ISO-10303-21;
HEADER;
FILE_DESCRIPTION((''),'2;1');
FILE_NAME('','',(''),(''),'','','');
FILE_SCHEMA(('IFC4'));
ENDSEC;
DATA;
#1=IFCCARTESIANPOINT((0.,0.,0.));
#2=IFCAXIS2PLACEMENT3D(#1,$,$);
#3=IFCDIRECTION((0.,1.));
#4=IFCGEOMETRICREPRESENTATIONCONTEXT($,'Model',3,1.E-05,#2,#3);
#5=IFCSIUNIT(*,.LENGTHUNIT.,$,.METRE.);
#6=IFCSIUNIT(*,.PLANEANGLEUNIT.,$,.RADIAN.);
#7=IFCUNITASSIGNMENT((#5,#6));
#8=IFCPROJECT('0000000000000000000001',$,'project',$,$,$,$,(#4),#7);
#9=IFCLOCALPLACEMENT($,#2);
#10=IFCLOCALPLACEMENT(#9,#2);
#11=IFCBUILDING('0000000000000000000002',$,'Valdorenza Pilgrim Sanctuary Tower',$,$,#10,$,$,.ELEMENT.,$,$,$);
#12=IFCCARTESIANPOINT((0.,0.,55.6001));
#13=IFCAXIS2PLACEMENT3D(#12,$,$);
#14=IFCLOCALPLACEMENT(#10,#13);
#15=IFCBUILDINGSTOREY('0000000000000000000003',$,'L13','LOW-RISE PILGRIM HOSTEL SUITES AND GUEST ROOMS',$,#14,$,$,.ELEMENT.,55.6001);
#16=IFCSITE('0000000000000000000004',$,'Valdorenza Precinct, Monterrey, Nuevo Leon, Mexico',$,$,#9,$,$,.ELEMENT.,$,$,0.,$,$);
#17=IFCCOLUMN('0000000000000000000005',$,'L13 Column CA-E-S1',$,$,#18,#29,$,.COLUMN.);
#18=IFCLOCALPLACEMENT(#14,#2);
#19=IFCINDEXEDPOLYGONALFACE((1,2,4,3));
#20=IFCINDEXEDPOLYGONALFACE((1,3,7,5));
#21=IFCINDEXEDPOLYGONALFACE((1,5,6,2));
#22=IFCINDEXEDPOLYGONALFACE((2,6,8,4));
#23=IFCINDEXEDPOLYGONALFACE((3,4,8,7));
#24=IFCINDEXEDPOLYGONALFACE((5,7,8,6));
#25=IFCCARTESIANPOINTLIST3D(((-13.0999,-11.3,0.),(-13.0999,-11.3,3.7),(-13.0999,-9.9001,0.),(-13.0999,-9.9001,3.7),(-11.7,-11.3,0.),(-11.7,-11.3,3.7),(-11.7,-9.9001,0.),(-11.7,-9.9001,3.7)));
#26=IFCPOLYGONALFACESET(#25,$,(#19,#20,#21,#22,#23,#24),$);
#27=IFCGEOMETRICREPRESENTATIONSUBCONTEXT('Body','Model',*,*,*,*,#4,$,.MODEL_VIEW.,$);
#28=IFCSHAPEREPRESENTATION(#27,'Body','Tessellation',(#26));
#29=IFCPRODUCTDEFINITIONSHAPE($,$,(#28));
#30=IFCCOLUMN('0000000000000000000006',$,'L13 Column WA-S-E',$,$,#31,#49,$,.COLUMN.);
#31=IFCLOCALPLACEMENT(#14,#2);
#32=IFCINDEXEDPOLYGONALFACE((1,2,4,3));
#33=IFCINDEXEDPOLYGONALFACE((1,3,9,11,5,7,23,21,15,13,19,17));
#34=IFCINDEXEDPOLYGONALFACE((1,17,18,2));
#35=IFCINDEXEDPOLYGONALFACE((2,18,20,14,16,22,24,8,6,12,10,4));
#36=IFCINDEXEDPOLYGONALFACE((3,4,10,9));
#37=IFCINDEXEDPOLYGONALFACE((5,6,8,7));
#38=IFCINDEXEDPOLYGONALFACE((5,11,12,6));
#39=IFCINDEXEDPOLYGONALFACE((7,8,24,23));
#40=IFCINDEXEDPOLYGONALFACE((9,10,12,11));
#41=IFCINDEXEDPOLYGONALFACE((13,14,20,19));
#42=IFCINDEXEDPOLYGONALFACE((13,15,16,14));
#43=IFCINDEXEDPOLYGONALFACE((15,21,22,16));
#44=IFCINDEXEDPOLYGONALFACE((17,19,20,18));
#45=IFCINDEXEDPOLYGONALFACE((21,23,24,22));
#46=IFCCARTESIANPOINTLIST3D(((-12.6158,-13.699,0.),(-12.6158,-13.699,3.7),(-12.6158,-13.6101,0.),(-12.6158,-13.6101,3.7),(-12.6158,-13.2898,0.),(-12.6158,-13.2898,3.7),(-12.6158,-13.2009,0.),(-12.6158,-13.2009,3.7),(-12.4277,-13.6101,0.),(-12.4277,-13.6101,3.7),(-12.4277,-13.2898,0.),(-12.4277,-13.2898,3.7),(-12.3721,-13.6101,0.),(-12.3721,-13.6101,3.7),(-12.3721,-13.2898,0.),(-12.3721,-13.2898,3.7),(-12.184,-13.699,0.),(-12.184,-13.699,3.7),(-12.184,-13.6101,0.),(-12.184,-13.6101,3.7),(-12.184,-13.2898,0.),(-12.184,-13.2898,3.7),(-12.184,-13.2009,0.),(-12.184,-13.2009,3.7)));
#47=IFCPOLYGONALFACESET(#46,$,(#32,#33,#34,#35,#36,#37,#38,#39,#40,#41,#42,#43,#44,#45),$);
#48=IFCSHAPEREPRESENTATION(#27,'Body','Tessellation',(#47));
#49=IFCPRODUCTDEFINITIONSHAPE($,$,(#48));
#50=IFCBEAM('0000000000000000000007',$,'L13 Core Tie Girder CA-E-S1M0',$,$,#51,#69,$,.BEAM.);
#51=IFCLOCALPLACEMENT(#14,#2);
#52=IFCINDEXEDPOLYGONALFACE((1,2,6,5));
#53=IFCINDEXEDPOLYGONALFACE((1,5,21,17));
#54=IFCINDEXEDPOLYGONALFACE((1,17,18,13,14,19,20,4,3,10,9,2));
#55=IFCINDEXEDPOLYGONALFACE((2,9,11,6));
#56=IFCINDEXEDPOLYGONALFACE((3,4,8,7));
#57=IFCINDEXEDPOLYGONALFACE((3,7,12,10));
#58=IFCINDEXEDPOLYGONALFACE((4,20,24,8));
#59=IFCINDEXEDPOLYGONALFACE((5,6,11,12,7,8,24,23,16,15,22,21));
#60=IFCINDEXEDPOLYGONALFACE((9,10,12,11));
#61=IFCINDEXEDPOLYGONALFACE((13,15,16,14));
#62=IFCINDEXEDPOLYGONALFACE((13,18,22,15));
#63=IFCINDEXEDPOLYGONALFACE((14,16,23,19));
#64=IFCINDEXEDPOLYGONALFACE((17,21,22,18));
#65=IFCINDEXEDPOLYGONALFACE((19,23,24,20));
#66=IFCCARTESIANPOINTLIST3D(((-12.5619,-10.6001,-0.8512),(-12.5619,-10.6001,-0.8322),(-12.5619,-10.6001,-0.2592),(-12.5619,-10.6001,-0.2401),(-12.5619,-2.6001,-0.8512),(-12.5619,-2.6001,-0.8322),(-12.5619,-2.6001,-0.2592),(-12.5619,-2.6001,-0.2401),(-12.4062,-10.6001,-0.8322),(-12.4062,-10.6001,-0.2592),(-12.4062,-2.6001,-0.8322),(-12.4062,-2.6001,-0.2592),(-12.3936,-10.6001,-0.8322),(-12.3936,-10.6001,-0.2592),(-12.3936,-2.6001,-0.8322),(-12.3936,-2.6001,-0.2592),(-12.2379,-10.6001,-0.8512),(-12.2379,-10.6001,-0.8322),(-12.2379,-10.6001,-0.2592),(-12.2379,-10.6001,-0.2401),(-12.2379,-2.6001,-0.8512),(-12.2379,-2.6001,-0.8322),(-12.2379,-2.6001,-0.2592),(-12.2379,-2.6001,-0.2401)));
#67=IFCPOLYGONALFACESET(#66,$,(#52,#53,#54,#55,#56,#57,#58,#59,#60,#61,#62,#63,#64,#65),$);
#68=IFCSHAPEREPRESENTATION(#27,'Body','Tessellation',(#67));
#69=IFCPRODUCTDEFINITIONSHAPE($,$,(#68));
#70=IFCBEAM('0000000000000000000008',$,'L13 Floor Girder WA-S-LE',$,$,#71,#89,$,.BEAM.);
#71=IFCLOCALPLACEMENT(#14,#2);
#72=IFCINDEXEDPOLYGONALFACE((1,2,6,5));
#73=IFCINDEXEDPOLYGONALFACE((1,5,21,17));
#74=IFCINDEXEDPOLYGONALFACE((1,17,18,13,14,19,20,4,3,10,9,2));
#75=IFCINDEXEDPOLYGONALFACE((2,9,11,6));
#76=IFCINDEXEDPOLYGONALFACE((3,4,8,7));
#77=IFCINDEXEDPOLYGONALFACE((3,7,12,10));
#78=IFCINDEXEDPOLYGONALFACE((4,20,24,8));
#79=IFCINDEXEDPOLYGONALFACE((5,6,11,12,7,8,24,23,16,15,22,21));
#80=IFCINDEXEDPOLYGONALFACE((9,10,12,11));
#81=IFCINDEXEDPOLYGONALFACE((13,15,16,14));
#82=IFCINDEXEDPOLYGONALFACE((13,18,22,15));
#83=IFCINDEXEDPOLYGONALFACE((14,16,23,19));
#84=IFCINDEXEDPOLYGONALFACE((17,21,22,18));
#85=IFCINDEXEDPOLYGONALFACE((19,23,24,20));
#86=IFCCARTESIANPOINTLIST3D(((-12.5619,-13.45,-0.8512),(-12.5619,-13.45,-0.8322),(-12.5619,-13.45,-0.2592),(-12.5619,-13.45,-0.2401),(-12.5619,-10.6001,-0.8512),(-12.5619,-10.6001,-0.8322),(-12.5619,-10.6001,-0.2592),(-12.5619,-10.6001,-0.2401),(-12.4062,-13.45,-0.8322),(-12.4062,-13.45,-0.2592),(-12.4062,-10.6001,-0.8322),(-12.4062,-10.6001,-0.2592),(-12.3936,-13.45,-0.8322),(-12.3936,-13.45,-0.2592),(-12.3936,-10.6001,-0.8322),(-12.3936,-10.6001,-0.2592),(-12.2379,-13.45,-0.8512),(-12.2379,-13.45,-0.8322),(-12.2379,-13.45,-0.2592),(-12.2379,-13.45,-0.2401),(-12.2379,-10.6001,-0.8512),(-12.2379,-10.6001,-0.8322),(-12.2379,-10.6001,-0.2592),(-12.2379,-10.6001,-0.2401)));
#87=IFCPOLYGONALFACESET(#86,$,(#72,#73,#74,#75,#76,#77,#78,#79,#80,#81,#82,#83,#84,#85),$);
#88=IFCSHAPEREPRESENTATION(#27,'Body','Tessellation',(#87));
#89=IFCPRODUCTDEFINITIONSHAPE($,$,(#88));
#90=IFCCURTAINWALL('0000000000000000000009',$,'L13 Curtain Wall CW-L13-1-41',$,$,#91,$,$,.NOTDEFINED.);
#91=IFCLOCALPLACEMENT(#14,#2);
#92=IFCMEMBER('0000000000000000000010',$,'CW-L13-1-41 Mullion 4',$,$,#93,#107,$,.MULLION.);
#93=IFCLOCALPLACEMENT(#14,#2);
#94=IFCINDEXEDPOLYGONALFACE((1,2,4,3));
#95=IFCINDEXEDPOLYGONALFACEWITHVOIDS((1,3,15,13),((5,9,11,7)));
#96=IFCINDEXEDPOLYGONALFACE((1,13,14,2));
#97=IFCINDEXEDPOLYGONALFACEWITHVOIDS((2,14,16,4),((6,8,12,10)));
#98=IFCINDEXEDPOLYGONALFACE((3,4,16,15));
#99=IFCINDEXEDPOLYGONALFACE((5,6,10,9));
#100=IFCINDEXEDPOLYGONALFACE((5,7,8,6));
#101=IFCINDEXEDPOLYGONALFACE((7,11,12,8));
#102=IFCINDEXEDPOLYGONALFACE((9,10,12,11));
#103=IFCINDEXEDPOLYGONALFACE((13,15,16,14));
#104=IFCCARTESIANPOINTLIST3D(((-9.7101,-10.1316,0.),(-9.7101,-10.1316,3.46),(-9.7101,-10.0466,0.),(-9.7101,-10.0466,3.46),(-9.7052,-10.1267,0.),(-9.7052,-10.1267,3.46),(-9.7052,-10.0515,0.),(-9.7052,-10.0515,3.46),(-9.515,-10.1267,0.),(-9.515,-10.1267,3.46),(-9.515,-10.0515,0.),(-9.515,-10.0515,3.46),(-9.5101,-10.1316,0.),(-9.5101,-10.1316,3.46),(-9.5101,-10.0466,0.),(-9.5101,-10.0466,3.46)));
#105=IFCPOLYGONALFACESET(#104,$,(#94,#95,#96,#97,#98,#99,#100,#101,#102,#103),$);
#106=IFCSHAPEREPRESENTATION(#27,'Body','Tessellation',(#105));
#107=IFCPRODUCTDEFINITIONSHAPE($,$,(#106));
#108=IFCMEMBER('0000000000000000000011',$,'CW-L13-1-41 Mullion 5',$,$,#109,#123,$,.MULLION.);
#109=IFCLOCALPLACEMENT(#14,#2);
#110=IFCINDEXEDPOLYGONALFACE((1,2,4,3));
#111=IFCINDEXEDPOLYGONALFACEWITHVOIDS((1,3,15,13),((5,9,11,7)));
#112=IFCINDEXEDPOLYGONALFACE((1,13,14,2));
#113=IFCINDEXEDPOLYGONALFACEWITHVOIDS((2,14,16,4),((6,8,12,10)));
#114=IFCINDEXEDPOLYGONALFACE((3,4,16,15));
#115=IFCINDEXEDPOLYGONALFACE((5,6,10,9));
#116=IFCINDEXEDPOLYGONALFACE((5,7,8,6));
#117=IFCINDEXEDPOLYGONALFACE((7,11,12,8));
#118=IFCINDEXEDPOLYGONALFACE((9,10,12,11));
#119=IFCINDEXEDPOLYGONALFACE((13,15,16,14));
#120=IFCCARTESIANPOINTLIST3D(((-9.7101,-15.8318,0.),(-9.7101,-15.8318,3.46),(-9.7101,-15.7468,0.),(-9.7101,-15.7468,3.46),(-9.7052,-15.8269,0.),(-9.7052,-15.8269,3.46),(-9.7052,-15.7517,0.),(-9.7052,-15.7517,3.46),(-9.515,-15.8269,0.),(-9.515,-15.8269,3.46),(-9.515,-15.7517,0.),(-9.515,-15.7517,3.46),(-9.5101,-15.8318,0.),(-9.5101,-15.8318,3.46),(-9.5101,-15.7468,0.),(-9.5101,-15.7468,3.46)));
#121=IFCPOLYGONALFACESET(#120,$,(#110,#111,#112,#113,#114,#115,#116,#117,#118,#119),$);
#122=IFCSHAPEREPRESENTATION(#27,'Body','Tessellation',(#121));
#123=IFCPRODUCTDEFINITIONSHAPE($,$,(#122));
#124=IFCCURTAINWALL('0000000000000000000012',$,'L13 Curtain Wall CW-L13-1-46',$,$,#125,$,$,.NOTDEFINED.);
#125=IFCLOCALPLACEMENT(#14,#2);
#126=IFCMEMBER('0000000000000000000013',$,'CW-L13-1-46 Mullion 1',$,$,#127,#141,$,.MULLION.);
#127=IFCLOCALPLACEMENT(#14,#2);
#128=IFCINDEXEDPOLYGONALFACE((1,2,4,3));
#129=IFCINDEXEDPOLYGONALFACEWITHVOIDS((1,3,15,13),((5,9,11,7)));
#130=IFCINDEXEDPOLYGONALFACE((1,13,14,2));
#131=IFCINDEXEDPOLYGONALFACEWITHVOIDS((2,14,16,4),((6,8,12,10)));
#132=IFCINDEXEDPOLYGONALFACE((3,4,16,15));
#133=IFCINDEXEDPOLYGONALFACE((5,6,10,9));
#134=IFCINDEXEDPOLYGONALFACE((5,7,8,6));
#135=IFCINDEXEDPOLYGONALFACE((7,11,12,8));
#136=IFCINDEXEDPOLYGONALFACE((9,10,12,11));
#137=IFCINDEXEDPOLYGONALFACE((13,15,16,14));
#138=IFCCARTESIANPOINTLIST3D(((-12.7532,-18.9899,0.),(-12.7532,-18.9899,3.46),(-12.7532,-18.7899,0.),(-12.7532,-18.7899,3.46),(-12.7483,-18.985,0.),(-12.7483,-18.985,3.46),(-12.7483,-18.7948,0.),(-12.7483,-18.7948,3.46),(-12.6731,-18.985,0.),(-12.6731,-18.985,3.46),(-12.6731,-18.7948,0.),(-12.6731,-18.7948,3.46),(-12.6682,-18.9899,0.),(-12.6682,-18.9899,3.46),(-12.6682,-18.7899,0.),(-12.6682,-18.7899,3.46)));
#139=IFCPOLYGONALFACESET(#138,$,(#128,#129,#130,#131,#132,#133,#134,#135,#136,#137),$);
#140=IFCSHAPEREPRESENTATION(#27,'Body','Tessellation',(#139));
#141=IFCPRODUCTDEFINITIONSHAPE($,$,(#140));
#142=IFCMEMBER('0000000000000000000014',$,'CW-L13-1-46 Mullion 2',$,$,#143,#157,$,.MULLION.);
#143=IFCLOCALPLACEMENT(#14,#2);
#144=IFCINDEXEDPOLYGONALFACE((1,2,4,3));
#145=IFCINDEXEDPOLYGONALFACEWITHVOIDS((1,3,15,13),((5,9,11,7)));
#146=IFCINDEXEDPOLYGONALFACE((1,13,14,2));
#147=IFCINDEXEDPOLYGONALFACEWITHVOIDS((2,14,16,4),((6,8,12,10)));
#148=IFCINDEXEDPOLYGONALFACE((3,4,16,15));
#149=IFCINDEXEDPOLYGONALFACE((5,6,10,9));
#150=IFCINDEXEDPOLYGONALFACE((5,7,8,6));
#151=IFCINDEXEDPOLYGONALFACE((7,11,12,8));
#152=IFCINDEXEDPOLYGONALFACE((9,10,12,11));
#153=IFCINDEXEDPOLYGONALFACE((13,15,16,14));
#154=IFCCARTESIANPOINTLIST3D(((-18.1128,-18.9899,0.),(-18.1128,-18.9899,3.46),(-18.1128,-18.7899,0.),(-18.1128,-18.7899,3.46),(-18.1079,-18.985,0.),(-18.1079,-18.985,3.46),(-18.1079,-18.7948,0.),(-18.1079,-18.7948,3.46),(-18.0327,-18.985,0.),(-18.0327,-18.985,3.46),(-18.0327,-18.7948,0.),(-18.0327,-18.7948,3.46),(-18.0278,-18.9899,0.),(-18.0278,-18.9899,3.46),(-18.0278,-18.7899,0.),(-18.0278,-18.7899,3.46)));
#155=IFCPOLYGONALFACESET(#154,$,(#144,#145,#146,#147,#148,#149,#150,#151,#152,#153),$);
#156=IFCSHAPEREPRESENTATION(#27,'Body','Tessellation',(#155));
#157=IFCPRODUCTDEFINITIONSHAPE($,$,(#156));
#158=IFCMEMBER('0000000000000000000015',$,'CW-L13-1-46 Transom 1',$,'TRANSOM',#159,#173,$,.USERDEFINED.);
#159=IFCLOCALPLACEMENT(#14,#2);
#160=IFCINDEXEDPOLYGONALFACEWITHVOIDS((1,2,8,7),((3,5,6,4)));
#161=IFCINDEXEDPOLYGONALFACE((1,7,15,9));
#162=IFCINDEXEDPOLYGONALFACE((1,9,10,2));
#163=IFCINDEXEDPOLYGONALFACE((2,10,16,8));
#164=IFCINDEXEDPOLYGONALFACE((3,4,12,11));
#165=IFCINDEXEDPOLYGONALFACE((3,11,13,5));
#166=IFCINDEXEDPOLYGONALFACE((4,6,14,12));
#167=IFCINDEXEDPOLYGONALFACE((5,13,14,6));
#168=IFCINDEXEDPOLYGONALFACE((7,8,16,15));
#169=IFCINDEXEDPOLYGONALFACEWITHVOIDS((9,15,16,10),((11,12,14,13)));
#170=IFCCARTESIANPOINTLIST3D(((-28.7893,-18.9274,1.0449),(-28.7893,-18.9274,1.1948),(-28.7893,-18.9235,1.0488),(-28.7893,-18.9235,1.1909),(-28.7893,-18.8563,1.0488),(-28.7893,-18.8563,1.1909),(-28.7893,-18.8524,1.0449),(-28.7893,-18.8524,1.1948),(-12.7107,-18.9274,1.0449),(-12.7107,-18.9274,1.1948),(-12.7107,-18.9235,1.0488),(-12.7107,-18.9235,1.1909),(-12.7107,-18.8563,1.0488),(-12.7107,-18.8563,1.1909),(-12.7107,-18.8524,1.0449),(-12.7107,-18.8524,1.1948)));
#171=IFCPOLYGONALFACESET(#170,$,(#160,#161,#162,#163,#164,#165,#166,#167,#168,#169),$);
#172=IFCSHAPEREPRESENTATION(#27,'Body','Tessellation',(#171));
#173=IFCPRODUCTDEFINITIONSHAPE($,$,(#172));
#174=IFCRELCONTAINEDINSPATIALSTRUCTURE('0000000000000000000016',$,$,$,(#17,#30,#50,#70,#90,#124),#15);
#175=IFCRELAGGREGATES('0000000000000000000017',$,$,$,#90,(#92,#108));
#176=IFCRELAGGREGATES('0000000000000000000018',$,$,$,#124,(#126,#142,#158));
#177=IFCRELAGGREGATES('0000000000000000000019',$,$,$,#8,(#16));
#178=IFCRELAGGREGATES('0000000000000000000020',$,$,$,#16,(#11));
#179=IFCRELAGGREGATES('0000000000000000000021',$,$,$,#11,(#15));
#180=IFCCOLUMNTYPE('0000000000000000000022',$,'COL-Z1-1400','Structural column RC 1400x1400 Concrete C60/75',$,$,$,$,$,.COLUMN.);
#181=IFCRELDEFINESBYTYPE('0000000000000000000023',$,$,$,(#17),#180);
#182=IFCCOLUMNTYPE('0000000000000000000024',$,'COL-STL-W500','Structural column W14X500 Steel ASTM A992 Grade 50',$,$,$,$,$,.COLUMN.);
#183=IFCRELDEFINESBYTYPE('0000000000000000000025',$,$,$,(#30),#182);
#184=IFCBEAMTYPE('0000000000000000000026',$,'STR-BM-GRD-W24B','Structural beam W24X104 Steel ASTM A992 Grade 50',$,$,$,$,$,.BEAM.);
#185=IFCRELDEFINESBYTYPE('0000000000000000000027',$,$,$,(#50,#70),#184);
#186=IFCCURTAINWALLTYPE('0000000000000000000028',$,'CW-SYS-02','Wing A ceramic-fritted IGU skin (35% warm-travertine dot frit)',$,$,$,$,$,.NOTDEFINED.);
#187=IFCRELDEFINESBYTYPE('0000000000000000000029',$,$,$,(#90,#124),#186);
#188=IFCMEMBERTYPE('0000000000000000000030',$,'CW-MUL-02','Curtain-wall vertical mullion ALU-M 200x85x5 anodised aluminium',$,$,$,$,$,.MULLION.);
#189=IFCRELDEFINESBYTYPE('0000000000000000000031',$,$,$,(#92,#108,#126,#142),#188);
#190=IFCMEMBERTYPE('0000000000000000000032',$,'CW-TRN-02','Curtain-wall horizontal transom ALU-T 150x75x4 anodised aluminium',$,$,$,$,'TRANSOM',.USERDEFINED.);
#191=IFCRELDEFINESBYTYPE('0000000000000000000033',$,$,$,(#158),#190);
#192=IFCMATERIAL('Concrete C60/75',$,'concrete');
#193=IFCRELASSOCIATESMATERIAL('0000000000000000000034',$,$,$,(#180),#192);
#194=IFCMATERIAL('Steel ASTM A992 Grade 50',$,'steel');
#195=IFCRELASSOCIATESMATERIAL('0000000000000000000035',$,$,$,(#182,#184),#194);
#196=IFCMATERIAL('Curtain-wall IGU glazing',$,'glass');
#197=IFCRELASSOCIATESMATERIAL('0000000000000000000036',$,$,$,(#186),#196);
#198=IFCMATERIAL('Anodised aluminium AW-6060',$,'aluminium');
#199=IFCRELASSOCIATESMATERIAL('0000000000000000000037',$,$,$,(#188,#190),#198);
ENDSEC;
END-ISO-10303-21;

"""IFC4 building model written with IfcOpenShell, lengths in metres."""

from ifc_helpers import new_model, si_unit, direction, frame, origin, origin_2d, place, context, subcontext, project, spatial, rectangle, hollow_rectangle, i_section, extrude, source, transform, mapped, material, material_profile, profile_set, type_object, element, aggregate, save


model = new_model("IFC4")

# Units and contexts
model_context = context("Model", 3, precision=1e-05, world=origin(), true_north=direction((0.0, 1.0)))
body_context = subcontext(model_context, "Body", "Model", "MODEL_VIEW")
ifc_project = project(units=[si_unit("LENGTHUNIT", "METRE"), si_unit("PLANEANGLEUNIT", "RADIAN")], contexts=[model_context])

# Site, building, storey
site_placement = place(None, origin())
site = spatial("IfcSite", under=ifc_project, at=site_placement, Name="Valdorenza Precinct, Monterrey, Nuevo Leon, Mexico", CompositionType="ELEMENT", RefElevation=0.0)
building_placement = place(site_placement, origin())
building = spatial("IfcBuilding", under=site, at=building_placement, Name="Valdorenza Pilgrim Sanctuary Tower", CompositionType="ELEMENT")
storey_placement = place(building_placement, frame((0.0, 0.0, 55.6001)))
storey = spatial("IfcBuildingStorey", under=building, at=storey_placement, Name="L13", Description="LOW-RISE PILGRIM HOSTEL SUITES AND GUEST ROOMS", CompositionType="ELEMENT", Elevation=55.6001)

# Columns
ifc_material_1 = material(Name="Concrete C60/75", Category="concrete")
ifc_material_profile_1 = material_profile(ifc_material_1, rectangle(XDim=1.3999, YDim=1.3999, at=origin_2d()), Name="RC 1400x1400")
ifc_profile_set_1 = profile_set([ifc_material_profile_1], Name="Concrete C60/75")
column_type_1 = type_object("IfcColumnType", Name="COL-Z1-1400", Description="Structural column RC 1400x1400 Concrete C60/75", PredefinedType="COLUMN", material=ifc_profile_set_1)
shared_shape_1 = source(origin(), body_context, "Body", "SweptSolid", [
    extrude(rectangle(XDim=1.3999, YDim=1.3999, at=origin_2d()), origin(), (0.0, 0.0, 1.0), 3.7),
])
column_1_placement = place(storey_placement, frame((-12.3999, -10.6001, 0.0), z_axis=(0.0, 0.0, 1.0), x_axis=(1.0, 0.0, 0.0)))
element("IfcColumn", 1, at=column_1_placement, inside=storey, type_object=column_type_1, Name="L13 Column CA-E-S1", PredefinedType="COLUMN", context=body_context, shape_type="MappedRepresentation", body=[
    mapped(shared_shape_1, transform((0.0, 0.0, 0.0), x_axis=(1.0, 0.0, 0.0), y_axis=(0.0, 1.0, 0.0), z_axis=(0.0, 0.0, 1.0), scale=1.0)),
])
ifc_material_2 = material(Name="Steel ASTM A992 Grade 50", Category="steel")
ifc_material_profile_2 = material_profile(ifc_material_2, i_section(OverallWidth=0.4319, OverallDepth=0.498, WebThickness=0.0557, FlangeThickness=0.0889, at=origin_2d()), Name="W14X500")
ifc_profile_set_2 = profile_set([ifc_material_profile_2], Name="Steel ASTM A992 Grade 50")
column_type_2 = type_object("IfcColumnType", Name="COL-STL-W500", Description="Structural column W14X500 Steel ASTM A992 Grade 50", PredefinedType="COLUMN", material=ifc_profile_set_2)
shared_shape_2 = source(origin(), body_context, "Body", "SweptSolid", [
    extrude(i_section(OverallWidth=0.4319, OverallDepth=0.498, WebThickness=0.0557, FlangeThickness=0.0889, at=origin_2d()), origin(), (0.0, 0.0, 1.0), 3.7),
])
column_2_placement = place(storey_placement, frame((-12.3999, -13.45, 0.0), z_axis=(0.0, 0.0, 1.0), x_axis=(1.0, 0.0, 0.0)))
element("IfcColumn", 2, at=column_2_placement, inside=storey, type_object=column_type_2, Name="L13 Column WA-S-E", PredefinedType="COLUMN", context=body_context, shape_type="MappedRepresentation", body=[
    mapped(shared_shape_2, transform((0.0, 0.0, 0.0), x_axis=(1.0, 0.0, 0.0), y_axis=(0.0, 1.0, 0.0), z_axis=(0.0, 0.0, 1.0), scale=1.0)),
])

# Beams
ifc_material_profile_3 = material_profile(ifc_material_2, i_section(OverallWidth=0.324, OverallDepth=0.6111, WebThickness=0.0127, FlangeThickness=0.019, at=origin_2d()), Name="W24X104")
ifc_profile_set_3 = profile_set([ifc_material_profile_3], Name="Steel ASTM A992 Grade 50")
beam_type = type_object("IfcBeamType", Name="STR-BM-GRD-W24B", Description="Structural beam W24X104 Steel ASTM A992 Grade 50", PredefinedType="BEAM", material=ifc_profile_set_3)
shared_shape_3 = source(origin(), body_context, "Body", "SweptSolid", [
    extrude(i_section(OverallWidth=0.324, OverallDepth=0.6111, WebThickness=0.0127, FlangeThickness=0.019, at=origin_2d()), origin(), (0.0, 0.0, 1.0), 8.0),
])
beam_1_placement = place(storey_placement, frame((-12.3999, -10.6001, -0.5457), z_axis=(0.0, 1.0, 0.0), x_axis=(-1.0, 0.0, 0.0)))
element("IfcBeam", 3, at=beam_1_placement, inside=storey, type_object=beam_type, Name="L13 Core Tie Girder CA-E-S1M0", PredefinedType="BEAM", context=body_context, shape_type="MappedRepresentation", body=[
    mapped(shared_shape_3, transform((0.0, 0.0, 0.0), x_axis=(1.0, 0.0, 0.0), y_axis=(0.0, 1.0, 0.0), z_axis=(0.0, 0.0, 1.0), scale=1.0)),
])
shared_shape_4 = source(origin(), body_context, "Body", "SweptSolid", [
    extrude(i_section(OverallWidth=0.324, OverallDepth=0.6111, WebThickness=0.0127, FlangeThickness=0.019, at=origin_2d()), origin(), (0.0, 0.0, 1.0), 2.8499),
])
beam_2_placement = place(storey_placement, frame((-12.3999, -13.45, -0.5457), z_axis=(0.0, 1.0, 0.0), x_axis=(-1.0, 0.0, 0.0)))
element("IfcBeam", 4, at=beam_2_placement, inside=storey, type_object=beam_type, Name="L13 Floor Girder WA-S-LE", PredefinedType="BEAM", context=body_context, shape_type="MappedRepresentation", body=[
    mapped(shared_shape_4, transform((0.0, 0.0, 0.0), x_axis=(1.0, 0.0, 0.0), y_axis=(0.0, 1.0, 0.0), z_axis=(0.0, 0.0, 1.0), scale=1.0)),
])

# Curtain walls, members
ifc_material_3 = material(Name="Curtain-wall IGU glazing", Category="glass")
curtain_wall_type = type_object("IfcCurtainWallType", Name="CW-SYS-02", Description="Wing A ceramic-fritted IGU skin (35% warm-travertine dot frit)", PredefinedType="NOTDEFINED", material=ifc_material_3)
curtain_wall_1_placement = place(storey_placement, origin())
curtain_wall_1 = element("IfcCurtainWall", 5, at=curtain_wall_1_placement, inside=storey, type_object=curtain_wall_type, Name="L13 Curtain Wall CW-L13-1-41", PredefinedType="NOTDEFINED")
ifc_material_4 = material(Name="Anodised aluminium AW-6060", Category="aluminium")
ifc_material_profile_4 = material_profile(ifc_material_4, hollow_rectangle(XDim=0.085, YDim=0.2, WallThickness=0.0049, at=origin_2d()), Name="ALU-M 200x85x5")
ifc_profile_set_4 = profile_set([ifc_material_profile_4], Name="Anodised aluminium AW-6060")
member_type_1 = type_object("IfcMemberType", Name="CW-MUL-02", Description="Curtain-wall vertical mullion ALU-M 200x85x5 anodised aluminium", PredefinedType="MULLION", material=ifc_profile_set_4)
shared_shape_5 = source(origin(), body_context, "Body", "SweptSolid", [
    extrude(hollow_rectangle(XDim=0.085, YDim=0.2, WallThickness=0.0049, at=origin_2d()), origin(), (0.0, 0.0, 1.0), 3.46),
])
member_1_placement = place(storey_placement, frame((-9.6101, -10.0891, 0.0), z_axis=(0.0, 0.0, 1.0), x_axis=(0.0, -1.0, 0.0)))
member_1 = element("IfcMember", 6, at=member_1_placement, type_object=member_type_1, Name="CW-L13-1-41 Mullion 4", PredefinedType="MULLION", context=body_context, shape_type="MappedRepresentation", body=[
    mapped(shared_shape_5, transform((0.0, 0.0, 0.0), x_axis=(1.0, 0.0, 0.0), y_axis=(0.0, 1.0, 0.0), z_axis=(0.0, 0.0, 1.0), scale=1.0)),
])
member_2_placement = place(storey_placement, frame((-9.6101, -15.7893, 0.0), z_axis=(0.0, 0.0, 1.0), x_axis=(0.0, -1.0, 0.0)))
member_2 = element("IfcMember", 7, at=member_2_placement, type_object=member_type_1, Name="CW-L13-1-41 Mullion 5", PredefinedType="MULLION", context=body_context, shape_type="MappedRepresentation", body=[
    mapped(shared_shape_5, transform((0.0, 0.0, 0.0), x_axis=(1.0, 0.0, 0.0), y_axis=(0.0, 1.0, 0.0), z_axis=(0.0, 0.0, 1.0), scale=1.0)),
])
curtain_wall_2_placement = place(storey_placement, origin())
curtain_wall_2 = element("IfcCurtainWall", 8, at=curtain_wall_2_placement, inside=storey, type_object=curtain_wall_type, Name="L13 Curtain Wall CW-L13-1-46", PredefinedType="NOTDEFINED")
member_3_placement = place(storey_placement, frame((-12.7107, -18.8899, 0.0), z_axis=(0.0, 0.0, 1.0), x_axis=(-1.0, 0.0, 0.0)))
member_3 = element("IfcMember", 9, at=member_3_placement, type_object=member_type_1, Name="CW-L13-1-46 Mullion 1", PredefinedType="MULLION", context=body_context, shape_type="MappedRepresentation", body=[
    mapped(shared_shape_5, transform((0.0, 0.0, 0.0), x_axis=(1.0, 0.0, 0.0), y_axis=(0.0, 1.0, 0.0), z_axis=(0.0, 0.0, 1.0), scale=1.0)),
])
member_4_placement = place(storey_placement, frame((-18.0703, -18.8899, 0.0), z_axis=(0.0, 0.0, 1.0), x_axis=(-1.0, 0.0, 0.0)))
member_4 = element("IfcMember", 10, at=member_4_placement, type_object=member_type_1, Name="CW-L13-1-46 Mullion 2", PredefinedType="MULLION", context=body_context, shape_type="MappedRepresentation", body=[
    mapped(shared_shape_5, transform((0.0, 0.0, 0.0), x_axis=(1.0, 0.0, 0.0), y_axis=(0.0, 1.0, 0.0), z_axis=(0.0, 0.0, 1.0), scale=1.0)),
])
ifc_material_profile_5 = material_profile(ifc_material_4, hollow_rectangle(XDim=0.075, YDim=0.1499, WallThickness=0.0039, at=origin_2d()), Name="ALU-T 150x75x4")
ifc_profile_set_5 = profile_set([ifc_material_profile_5], Name="Anodised aluminium AW-6060")
member_type_2 = type_object("IfcMemberType", Name="CW-TRN-02", Description="Curtain-wall horizontal transom ALU-T 150x75x4 anodised aluminium", ElementType="TRANSOM", PredefinedType="USERDEFINED", material=ifc_profile_set_5)
shared_shape_6 = source(origin(), body_context, "Body", "SweptSolid", [
    extrude(hollow_rectangle(XDim=0.075, YDim=0.1499, WallThickness=0.0039, at=origin_2d()), origin(), (0.0, 0.0, 1.0), 16.0786),
])
member_5_placement = place(storey_placement, frame((-12.7107, -18.8899, 1.1199), z_axis=(-1.0, 0.0, 0.0), x_axis=(0.0, -1.0, 0.0)))
member_5 = element("IfcMember", 11, at=member_5_placement, type_object=member_type_2, Name="CW-L13-1-46 Transom 1", ObjectType="TRANSOM", PredefinedType="USERDEFINED", context=body_context, shape_type="MappedRepresentation", body=[
    mapped(shared_shape_6, transform((0.0, 0.0, 0.0), x_axis=(1.0, 0.0, 0.0), y_axis=(0.0, 1.0, 0.0), z_axis=(0.0, 0.0, 1.0), scale=1.0)),
])

aggregate(curtain_wall_1, [member_1, member_2])
aggregate(curtain_wall_2, [member_3, member_4, member_5])

save(model, "model.ifc")
